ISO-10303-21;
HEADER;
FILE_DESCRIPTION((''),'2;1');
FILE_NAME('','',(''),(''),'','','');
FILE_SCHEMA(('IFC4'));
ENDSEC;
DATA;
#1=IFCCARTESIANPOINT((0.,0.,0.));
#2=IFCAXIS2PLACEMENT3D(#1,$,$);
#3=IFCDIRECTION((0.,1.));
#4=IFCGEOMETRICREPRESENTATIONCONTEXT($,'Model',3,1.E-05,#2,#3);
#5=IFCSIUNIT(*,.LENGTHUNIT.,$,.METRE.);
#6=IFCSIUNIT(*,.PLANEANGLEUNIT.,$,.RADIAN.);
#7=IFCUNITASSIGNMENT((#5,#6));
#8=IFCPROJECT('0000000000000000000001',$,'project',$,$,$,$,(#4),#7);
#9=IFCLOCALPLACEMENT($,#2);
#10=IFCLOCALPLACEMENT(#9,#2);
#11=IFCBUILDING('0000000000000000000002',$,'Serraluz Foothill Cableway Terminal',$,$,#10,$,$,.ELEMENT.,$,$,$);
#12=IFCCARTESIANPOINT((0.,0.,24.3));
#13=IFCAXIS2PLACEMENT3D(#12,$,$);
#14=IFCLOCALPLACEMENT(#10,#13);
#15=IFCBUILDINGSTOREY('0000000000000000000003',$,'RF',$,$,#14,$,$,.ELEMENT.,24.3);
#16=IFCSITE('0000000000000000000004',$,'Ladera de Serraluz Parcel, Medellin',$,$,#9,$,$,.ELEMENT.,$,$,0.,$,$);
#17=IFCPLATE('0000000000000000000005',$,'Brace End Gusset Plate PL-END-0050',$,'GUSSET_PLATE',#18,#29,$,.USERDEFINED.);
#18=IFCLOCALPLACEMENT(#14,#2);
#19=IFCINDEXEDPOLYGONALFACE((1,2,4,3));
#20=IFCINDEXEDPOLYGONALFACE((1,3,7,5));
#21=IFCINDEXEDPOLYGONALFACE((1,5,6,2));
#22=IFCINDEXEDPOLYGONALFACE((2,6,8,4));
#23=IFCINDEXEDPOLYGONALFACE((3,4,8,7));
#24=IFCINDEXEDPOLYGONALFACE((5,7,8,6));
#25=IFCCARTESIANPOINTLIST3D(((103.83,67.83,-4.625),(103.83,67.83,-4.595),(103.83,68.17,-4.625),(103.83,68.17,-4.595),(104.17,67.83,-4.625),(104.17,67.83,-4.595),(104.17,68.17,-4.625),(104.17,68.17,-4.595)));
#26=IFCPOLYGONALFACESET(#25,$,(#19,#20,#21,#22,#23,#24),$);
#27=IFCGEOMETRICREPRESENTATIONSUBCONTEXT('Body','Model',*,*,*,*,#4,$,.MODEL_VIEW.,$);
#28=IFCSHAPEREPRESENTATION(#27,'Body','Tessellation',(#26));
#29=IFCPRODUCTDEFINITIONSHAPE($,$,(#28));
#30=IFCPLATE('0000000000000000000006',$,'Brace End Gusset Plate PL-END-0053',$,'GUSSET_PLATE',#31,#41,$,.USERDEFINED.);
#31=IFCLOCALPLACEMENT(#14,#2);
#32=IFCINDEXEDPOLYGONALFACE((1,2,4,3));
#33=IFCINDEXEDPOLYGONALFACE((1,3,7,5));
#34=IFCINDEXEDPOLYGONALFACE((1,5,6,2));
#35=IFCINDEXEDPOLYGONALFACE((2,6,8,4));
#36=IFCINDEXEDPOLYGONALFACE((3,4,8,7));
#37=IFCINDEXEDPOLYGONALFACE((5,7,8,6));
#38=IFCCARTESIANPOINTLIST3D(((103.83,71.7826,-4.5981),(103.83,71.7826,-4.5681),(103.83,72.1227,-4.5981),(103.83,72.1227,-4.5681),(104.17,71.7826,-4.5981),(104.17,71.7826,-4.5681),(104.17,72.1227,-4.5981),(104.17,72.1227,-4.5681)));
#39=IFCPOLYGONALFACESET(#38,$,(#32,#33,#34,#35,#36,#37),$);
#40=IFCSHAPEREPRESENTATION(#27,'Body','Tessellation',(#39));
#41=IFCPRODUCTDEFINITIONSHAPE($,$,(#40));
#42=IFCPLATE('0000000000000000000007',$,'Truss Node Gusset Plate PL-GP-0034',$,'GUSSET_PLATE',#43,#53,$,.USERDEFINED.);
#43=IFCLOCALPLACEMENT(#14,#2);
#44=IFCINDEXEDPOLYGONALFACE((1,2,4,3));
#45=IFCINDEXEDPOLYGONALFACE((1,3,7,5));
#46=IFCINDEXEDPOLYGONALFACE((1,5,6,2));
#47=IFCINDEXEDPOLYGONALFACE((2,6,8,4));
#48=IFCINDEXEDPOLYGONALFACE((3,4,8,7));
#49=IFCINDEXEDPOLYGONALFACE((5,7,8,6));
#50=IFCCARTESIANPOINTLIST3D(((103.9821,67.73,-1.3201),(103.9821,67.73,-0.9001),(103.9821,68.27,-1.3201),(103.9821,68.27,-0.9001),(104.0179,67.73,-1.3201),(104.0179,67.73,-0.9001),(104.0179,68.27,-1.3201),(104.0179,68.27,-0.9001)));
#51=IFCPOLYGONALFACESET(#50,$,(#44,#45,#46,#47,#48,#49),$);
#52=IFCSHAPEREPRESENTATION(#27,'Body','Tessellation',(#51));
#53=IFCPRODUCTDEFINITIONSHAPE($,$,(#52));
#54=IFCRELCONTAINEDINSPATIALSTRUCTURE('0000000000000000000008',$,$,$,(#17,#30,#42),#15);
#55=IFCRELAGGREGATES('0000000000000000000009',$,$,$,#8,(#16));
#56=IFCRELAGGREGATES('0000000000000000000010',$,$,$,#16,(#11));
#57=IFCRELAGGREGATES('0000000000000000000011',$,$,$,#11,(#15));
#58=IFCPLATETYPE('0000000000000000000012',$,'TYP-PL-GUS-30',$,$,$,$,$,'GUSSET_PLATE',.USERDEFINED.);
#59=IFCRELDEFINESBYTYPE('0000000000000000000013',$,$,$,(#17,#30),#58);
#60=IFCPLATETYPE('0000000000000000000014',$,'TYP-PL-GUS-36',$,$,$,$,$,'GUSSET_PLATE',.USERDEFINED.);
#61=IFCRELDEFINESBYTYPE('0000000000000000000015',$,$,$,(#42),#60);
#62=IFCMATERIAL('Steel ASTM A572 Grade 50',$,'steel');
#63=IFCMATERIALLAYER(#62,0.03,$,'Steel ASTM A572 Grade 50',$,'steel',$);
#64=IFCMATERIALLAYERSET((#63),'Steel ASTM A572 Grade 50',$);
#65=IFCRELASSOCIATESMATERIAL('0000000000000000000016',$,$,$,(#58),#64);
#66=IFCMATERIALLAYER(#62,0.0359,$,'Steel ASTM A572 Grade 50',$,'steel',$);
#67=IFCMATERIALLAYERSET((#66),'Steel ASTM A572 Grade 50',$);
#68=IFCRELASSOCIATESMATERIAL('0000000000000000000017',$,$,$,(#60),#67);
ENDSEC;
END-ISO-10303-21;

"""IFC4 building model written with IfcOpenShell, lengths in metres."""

from ifc_helpers import new_model, si_unit, direction, frame, origin, origin_2d, place, context, subcontext, project, spatial, rectangle, extrude, material, layer, layer_set, type_object, element, save


model = new_model("IFC4")

# Units and contexts
model_context = context("Model", 3, precision=1e-05, world=origin(), true_north=direction((0.0, 1.0)))
body_context = subcontext(model_context, "Body", "Model", "MODEL_VIEW")
ifc_project = project(units=[si_unit("LENGTHUNIT", "METRE"), si_unit("PLANEANGLEUNIT", "RADIAN")], contexts=[model_context])

# Site, building, storey
site_placement = place(None, origin())
site = spatial("IfcSite", under=ifc_project, at=site_placement, Name="Ladera de Serraluz Parcel, Medellin", CompositionType="ELEMENT", RefElevation=0.0)
building_placement = place(site_placement, origin())
building = spatial("IfcBuilding", under=site, at=building_placement, Name="Serraluz Foothill Cableway Terminal", CompositionType="ELEMENT")
storey_placement = place(building_placement, frame((0.0, 0.0, 24.3)))
storey = spatial("IfcBuildingStorey", under=building, at=storey_placement, Name="RF", CompositionType="ELEMENT", Elevation=24.3)

# Shared definitions
ifc_material_1 = material(Name="Steel ASTM A572 Grade 50", Category="steel")

# Plates
ifc_layer_1 = layer(ifc_material_1, 0.03, Name="Steel ASTM A572 Grade 50", Category="steel")
ifc_layer_set_1 = layer_set([ifc_layer_1], Name="Steel ASTM A572 Grade 50")
plate_type_1 = type_object("IfcPlateType", Name="TYP-PL-GUS-30", ElementType="GUSSET_PLATE", PredefinedType="USERDEFINED", material=ifc_layer_set_1)
for number, where, z_axis, x_axis, name in (
    (1, (104.0, 68.0, -4.625), (0.0, 0.0, 1.0), (1.0, 0.0, 0.0), "Brace End Gusset Plate PL-END-0050"),
    (2, (104.0, 71.9526, -4.5981), (0.0, 0.0, 1.0), (1.0, 0.0, 0.0), "Brace End Gusset Plate PL-END-0053"),
):
    element("IfcPlate", number, at=place(storey_placement, frame(where, z_axis=z_axis, x_axis=x_axis)), inside=storey, type_object=plate_type_1, Name=name, ObjectType="GUSSET_PLATE", PredefinedType="USERDEFINED", context=body_context, shape_type="SweptSolid", body=[
        extrude(rectangle(XDim=0.3401, YDim=0.3401, at=origin_2d()), origin(), (0.0, 0.0, 1.0), 0.03),
    ])
ifc_layer_2 = layer(ifc_material_1, 0.0359, Name="Steel ASTM A572 Grade 50", Category="steel")
ifc_layer_set_2 = layer_set([ifc_layer_2], Name="Steel ASTM A572 Grade 50")
plate_type_2 = type_object("IfcPlateType", Name="TYP-PL-GUS-36", ElementType="GUSSET_PLATE", PredefinedType="USERDEFINED", material=ifc_layer_set_2)
plate_1_placement = place(storey_placement, frame((104.0, 68.0, -1.3201), z_axis=(0.0, 0.0, 1.0), x_axis=(1.0, 0.0, 0.0)))
element("IfcPlate", 3, at=plate_1_placement, inside=storey, type_object=plate_type_2, Name="Truss Node Gusset Plate PL-GP-0034", ObjectType="GUSSET_PLATE", PredefinedType="USERDEFINED", context=body_context, shape_type="SweptSolid", body=[
    extrude(rectangle(XDim=0.0359, YDim=0.54, at=origin_2d()), origin(), (0.0, 0.0, 1.0), 0.4199),
])

save(model, "model.ifc")
